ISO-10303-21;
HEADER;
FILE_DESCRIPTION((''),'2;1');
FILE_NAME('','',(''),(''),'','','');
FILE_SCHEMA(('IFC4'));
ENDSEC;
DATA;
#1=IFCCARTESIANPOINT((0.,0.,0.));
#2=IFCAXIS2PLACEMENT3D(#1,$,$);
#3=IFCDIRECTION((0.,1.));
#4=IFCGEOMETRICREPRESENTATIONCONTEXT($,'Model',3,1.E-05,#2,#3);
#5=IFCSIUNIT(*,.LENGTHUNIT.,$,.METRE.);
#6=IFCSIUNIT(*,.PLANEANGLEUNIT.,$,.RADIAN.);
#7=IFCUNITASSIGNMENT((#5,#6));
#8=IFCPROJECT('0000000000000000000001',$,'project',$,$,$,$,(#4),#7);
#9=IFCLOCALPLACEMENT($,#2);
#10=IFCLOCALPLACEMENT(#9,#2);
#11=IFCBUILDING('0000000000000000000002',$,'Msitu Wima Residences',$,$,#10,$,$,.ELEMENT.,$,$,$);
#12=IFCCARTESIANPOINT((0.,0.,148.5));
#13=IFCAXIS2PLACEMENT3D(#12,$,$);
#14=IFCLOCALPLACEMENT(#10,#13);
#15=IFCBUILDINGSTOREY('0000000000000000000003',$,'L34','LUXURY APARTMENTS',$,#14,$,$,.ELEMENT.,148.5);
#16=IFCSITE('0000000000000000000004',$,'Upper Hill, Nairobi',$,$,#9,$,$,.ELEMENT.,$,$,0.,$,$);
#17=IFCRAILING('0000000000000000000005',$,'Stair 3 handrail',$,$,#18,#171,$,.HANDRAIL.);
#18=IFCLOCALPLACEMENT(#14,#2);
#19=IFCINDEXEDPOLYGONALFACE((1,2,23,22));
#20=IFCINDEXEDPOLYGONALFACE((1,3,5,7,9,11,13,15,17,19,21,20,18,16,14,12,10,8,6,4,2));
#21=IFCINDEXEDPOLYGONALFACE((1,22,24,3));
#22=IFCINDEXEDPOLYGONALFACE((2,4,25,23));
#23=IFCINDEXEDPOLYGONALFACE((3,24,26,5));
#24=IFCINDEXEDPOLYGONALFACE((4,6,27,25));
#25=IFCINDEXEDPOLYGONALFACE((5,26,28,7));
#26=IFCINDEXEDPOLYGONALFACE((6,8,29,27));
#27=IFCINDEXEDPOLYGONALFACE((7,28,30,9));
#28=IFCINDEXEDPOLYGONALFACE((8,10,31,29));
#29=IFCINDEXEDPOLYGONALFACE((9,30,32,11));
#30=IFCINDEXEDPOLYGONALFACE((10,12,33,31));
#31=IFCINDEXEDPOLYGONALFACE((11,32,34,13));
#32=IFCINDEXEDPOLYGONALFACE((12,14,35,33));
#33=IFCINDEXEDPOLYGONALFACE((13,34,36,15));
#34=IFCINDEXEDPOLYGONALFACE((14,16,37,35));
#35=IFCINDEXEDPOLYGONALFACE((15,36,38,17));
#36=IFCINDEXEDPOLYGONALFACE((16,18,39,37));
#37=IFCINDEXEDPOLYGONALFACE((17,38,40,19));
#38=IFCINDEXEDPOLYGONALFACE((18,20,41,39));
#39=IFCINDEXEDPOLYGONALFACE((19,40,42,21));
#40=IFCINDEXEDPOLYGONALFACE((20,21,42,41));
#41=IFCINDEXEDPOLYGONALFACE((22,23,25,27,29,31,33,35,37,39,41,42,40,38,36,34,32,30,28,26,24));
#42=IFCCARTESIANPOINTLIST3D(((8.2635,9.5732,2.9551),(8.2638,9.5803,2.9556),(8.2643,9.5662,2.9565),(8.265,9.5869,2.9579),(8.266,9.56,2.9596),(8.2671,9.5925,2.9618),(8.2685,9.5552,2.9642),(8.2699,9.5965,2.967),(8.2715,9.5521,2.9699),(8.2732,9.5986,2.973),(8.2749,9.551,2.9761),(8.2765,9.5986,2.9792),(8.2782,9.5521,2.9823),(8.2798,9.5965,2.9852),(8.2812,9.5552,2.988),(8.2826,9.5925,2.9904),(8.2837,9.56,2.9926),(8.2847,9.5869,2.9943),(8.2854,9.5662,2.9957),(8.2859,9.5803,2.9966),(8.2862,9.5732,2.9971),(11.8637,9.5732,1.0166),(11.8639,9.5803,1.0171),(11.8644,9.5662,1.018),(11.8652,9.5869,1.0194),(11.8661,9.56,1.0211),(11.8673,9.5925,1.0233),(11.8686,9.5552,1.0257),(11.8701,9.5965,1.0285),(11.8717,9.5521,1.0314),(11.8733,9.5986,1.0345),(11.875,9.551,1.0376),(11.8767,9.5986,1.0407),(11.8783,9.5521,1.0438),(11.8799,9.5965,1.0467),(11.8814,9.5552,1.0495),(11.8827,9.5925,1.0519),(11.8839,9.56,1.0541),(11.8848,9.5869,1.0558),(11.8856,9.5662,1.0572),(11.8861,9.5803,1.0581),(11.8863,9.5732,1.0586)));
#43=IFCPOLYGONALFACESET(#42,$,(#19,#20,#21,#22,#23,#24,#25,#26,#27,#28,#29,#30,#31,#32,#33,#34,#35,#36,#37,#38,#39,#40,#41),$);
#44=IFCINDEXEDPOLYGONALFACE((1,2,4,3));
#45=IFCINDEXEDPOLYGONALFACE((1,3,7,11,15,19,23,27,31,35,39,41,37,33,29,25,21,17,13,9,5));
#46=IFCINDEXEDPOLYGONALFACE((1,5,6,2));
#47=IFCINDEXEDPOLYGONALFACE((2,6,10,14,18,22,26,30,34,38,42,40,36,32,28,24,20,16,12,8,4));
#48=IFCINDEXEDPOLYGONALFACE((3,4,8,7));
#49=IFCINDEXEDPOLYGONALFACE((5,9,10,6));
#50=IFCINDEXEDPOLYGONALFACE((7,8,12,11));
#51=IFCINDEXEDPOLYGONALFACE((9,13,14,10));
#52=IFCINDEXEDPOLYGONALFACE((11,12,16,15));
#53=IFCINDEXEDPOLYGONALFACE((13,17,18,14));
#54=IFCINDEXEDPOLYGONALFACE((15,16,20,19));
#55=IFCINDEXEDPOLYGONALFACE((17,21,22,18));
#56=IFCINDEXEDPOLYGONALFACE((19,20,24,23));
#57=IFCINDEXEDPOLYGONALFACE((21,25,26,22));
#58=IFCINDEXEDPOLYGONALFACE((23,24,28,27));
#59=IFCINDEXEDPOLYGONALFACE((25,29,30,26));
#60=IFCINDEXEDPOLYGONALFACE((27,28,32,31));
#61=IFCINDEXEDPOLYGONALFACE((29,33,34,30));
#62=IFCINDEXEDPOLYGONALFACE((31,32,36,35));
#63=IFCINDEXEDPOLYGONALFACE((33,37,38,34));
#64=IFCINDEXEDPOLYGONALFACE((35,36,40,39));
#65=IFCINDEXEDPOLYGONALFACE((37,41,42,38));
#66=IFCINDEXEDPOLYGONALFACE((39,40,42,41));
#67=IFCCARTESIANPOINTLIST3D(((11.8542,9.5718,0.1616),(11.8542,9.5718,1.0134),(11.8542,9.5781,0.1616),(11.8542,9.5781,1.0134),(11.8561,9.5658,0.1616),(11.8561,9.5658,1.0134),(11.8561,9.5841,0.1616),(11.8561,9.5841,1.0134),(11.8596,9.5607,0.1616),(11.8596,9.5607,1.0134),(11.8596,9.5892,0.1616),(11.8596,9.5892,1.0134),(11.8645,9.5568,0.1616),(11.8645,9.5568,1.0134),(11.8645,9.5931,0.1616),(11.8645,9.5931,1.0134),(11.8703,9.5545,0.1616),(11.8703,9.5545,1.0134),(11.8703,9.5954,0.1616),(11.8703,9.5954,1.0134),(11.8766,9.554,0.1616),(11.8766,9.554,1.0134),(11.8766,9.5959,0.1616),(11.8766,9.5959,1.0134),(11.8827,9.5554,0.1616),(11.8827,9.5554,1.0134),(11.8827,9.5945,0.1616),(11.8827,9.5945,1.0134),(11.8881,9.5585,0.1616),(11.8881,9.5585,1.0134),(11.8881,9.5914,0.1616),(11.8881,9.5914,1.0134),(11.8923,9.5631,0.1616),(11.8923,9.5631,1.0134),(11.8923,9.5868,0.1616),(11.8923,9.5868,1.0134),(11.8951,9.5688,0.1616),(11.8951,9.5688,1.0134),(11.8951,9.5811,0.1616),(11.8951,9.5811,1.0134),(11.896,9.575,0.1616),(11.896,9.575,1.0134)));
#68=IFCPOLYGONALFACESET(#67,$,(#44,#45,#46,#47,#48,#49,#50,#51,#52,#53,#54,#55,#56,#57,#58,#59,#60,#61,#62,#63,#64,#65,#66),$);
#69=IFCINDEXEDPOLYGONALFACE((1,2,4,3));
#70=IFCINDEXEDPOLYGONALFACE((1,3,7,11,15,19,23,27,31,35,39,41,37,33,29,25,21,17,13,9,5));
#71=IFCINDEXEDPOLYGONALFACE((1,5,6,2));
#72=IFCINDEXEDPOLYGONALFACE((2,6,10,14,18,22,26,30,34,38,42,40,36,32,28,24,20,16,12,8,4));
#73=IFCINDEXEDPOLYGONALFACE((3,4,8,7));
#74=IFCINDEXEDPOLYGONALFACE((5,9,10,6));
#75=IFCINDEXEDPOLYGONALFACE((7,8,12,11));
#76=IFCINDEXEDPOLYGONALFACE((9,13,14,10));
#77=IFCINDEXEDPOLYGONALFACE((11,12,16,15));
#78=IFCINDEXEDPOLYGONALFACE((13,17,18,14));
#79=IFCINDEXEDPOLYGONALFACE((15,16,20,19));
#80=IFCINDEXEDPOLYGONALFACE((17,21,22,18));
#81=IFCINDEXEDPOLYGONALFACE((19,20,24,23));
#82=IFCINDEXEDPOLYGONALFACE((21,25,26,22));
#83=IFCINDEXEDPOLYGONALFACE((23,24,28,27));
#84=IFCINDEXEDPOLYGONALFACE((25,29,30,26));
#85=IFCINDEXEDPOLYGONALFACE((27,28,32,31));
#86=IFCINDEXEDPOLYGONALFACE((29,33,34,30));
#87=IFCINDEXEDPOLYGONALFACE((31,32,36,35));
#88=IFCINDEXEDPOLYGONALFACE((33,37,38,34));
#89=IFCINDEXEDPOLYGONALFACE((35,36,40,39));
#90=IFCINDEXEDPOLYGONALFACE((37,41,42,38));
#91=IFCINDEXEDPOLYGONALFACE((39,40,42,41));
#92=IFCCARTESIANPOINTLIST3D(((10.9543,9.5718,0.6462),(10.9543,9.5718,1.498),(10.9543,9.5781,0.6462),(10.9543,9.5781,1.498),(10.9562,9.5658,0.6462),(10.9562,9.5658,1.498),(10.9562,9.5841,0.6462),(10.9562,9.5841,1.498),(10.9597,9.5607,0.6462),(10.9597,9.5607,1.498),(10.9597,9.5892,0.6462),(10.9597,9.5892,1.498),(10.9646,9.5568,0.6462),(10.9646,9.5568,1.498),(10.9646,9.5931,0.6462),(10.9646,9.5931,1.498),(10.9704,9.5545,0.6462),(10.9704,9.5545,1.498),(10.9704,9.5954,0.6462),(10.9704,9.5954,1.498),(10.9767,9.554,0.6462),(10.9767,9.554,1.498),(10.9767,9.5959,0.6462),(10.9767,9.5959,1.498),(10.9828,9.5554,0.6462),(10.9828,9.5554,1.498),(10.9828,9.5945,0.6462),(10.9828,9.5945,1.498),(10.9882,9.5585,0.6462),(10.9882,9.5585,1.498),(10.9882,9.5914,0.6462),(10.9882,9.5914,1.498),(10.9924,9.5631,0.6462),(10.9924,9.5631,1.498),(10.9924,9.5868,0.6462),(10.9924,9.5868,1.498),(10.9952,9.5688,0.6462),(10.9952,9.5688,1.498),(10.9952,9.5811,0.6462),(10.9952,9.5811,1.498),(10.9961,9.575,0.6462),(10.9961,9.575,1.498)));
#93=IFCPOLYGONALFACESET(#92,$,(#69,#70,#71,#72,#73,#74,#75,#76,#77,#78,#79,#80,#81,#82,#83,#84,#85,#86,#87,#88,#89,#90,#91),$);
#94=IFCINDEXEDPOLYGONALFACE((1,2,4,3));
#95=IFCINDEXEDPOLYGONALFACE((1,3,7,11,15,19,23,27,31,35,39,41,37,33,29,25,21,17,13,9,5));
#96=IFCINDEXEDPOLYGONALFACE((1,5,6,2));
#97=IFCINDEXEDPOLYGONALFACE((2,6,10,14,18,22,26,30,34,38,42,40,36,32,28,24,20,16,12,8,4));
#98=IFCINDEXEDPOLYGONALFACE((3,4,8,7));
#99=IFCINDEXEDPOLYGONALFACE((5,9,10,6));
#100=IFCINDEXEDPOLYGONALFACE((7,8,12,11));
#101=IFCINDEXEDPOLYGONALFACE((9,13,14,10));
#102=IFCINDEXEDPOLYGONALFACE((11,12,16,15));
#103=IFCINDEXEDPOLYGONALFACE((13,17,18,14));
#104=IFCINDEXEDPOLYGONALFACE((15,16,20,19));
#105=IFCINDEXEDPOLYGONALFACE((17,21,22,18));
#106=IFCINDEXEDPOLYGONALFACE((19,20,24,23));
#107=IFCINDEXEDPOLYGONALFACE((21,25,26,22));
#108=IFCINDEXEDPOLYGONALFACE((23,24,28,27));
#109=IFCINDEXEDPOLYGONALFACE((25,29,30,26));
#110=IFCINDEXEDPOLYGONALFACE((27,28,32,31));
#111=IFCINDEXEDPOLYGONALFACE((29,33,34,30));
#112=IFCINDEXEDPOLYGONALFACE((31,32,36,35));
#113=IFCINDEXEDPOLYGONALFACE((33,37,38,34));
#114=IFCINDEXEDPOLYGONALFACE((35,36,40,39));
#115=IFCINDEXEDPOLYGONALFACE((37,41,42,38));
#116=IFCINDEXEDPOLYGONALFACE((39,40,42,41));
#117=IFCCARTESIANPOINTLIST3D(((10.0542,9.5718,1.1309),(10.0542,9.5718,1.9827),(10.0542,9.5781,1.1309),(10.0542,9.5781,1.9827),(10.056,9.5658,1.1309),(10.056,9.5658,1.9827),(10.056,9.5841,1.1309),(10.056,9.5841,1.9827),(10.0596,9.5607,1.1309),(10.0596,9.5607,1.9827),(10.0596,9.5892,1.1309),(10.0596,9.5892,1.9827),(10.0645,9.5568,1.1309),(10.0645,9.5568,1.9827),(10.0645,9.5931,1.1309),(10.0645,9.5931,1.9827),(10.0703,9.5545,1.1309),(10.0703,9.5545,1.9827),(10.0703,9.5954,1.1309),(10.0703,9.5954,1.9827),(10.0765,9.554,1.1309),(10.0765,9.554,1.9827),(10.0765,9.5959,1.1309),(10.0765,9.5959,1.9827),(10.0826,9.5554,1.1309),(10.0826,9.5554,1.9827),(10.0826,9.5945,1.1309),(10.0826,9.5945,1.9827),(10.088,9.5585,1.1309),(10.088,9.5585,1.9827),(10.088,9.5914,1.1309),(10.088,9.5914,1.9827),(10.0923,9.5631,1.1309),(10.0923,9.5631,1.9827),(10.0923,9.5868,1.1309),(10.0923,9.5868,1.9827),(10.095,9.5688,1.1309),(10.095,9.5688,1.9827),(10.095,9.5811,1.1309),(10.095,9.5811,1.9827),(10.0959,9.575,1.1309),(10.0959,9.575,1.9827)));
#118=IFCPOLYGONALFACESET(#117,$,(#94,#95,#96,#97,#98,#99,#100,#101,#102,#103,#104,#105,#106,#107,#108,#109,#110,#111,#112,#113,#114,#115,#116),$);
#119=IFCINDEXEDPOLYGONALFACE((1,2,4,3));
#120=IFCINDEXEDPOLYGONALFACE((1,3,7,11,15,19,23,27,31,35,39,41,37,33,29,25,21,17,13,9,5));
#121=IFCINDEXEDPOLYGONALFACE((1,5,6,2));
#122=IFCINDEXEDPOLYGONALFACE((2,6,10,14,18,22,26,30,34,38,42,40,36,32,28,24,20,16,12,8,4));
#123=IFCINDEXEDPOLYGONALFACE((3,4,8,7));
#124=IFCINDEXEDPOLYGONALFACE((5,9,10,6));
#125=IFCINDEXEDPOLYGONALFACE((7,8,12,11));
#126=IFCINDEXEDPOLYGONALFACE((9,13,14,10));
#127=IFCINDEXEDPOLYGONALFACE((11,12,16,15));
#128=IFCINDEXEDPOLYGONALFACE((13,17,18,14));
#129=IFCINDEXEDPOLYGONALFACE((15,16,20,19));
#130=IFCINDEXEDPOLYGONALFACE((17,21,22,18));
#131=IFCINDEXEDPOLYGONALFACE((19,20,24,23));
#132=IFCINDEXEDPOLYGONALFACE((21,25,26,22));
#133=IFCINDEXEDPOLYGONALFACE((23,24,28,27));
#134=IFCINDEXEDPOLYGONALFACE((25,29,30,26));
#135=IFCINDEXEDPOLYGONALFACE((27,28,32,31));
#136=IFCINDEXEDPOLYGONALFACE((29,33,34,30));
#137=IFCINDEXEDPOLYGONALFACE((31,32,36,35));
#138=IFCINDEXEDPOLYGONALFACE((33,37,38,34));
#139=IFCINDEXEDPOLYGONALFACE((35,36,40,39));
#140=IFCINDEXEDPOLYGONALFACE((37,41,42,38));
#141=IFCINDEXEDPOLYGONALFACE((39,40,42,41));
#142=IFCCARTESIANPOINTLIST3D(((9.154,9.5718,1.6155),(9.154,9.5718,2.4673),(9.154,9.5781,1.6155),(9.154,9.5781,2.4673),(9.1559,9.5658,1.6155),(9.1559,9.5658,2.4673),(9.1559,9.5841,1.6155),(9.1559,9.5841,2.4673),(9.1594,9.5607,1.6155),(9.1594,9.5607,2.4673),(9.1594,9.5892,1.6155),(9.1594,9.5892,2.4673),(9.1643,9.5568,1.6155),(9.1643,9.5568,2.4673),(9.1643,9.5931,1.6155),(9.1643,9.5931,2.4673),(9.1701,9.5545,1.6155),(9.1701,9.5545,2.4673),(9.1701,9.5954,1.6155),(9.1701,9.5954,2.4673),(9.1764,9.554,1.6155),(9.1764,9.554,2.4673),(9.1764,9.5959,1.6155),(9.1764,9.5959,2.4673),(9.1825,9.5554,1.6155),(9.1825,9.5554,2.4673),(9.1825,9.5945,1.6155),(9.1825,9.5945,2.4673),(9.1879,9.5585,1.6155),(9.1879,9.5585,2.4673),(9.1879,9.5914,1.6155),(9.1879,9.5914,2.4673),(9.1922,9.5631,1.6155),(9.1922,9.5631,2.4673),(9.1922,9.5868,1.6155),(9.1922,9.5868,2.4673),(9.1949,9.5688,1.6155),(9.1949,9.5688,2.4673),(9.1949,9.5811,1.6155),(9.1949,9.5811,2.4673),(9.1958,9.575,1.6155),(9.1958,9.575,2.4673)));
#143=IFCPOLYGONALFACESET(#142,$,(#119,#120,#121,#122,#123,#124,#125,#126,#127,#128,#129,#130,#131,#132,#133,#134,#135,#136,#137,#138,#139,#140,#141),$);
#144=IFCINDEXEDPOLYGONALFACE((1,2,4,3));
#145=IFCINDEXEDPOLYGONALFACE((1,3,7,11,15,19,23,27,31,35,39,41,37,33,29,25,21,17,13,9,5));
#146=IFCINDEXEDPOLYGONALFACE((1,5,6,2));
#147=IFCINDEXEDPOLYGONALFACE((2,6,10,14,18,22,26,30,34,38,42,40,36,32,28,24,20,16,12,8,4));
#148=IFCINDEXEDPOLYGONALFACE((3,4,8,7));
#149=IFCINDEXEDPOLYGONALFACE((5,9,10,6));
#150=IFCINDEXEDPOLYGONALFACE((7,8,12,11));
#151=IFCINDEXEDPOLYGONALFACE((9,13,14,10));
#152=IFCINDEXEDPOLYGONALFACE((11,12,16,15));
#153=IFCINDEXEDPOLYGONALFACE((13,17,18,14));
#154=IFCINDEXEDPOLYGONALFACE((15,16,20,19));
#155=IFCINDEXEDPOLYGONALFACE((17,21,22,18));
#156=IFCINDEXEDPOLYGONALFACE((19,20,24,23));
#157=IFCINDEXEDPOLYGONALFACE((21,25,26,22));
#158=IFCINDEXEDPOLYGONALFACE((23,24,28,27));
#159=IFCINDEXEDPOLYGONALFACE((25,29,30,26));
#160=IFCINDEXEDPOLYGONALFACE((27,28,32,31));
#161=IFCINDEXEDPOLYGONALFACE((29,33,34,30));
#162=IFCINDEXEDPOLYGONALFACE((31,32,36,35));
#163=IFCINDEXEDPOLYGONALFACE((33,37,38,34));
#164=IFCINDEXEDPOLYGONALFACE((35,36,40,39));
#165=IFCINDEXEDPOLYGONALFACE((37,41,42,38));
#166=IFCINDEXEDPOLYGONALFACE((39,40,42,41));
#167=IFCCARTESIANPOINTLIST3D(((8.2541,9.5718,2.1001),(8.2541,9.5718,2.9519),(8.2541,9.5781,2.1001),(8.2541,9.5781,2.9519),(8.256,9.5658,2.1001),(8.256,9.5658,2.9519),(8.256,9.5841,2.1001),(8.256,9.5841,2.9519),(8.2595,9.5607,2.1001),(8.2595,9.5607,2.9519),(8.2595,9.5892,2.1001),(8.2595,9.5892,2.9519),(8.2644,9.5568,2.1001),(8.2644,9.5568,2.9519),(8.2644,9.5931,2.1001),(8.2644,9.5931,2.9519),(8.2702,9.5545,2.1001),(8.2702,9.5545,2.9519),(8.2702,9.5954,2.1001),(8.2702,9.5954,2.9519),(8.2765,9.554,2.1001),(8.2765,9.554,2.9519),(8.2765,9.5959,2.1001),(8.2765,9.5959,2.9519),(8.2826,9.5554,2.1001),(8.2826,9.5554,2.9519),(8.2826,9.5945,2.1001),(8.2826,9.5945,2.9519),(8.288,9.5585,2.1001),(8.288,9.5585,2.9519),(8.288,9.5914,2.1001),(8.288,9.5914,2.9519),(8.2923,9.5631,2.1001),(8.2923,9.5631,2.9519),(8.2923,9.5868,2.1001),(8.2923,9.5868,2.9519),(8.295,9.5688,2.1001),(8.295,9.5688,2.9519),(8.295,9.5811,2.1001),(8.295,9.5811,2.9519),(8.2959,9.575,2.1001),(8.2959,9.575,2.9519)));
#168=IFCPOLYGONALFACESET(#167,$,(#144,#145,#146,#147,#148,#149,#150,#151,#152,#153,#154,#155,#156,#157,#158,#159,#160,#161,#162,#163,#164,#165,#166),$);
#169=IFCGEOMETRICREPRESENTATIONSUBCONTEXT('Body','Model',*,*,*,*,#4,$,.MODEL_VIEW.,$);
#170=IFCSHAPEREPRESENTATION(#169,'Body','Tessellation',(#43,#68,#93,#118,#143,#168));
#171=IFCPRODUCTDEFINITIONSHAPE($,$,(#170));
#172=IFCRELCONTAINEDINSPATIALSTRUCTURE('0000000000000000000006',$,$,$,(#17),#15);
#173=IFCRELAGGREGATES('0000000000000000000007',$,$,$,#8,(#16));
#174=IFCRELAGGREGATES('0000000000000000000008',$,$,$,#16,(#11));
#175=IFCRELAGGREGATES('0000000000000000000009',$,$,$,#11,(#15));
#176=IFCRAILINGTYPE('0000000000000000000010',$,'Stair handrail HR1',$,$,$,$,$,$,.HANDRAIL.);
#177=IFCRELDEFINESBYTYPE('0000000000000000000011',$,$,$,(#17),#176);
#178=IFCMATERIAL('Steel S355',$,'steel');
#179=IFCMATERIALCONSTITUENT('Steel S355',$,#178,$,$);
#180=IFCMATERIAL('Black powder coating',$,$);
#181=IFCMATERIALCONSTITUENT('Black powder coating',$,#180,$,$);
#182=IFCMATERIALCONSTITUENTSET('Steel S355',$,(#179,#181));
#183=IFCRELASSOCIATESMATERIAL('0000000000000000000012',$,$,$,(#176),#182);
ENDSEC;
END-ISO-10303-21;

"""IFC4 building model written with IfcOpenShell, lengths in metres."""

from ifc_helpers import new_model, si_unit, direction, frame, origin, origin_2d, place, context, subcontext, project, spatial, circle, extrude, material, constituent, constituent_set, type_object, element, save


model = new_model("IFC4")

# Units and contexts
model_context = context("Model", 3, precision=1e-05, world=origin(), true_north=direction((0.0, 1.0)))
body_context = subcontext(model_context, "Body", "Model", "MODEL_VIEW")
ifc_project = project(units=[si_unit("LENGTHUNIT", "METRE"), si_unit("PLANEANGLEUNIT", "RADIAN")], contexts=[model_context])

# Site, building, storey
site_placement = place(None, origin())
site = spatial("IfcSite", under=ifc_project, at=site_placement, Name="Upper Hill, Nairobi", CompositionType="ELEMENT", RefElevation=0.0)
building_placement = place(site_placement, origin())
building = spatial("IfcBuilding", under=site, at=building_placement, Name="Msitu Wima Residences", CompositionType="ELEMENT")
storey_placement = place(building_placement, frame((0.0, 0.0, 148.5)))
storey = spatial("IfcBuildingStorey", under=building, at=storey_placement, Name="L34", Description="LUXURY APARTMENTS", CompositionType="ELEMENT", Elevation=148.5)

# Railing
ifc_material_1 = material(Name="Steel S355", Category="steel")
ifc_constituent_1 = constituent(ifc_material_1, Name="Steel S355")
ifc_material_2 = material(Name="Black powder coating")
ifc_constituent_2 = constituent(ifc_material_2, Name="Black powder coating")
ifc_constituent_set_1 = constituent_set(constituents=[ifc_constituent_1, ifc_constituent_2], Name="Steel S355")
railing_type_1 = type_object("IfcRailingType", Name="Stair handrail HR1", PredefinedType="HANDRAIL", material=ifc_constituent_set_1)
for number, where, name in (
    (1, (11.875, 9.575, 0.1616), "Stair 3 handrail"),
):
    element("IfcRailing", number, at=place(storey_placement, frame(where)), inside=storey, type_object=railing_type_1, Name=name, PredefinedType="HANDRAIL", context=body_context, shape_type="SweptSolid", body=[
        extrude(circle(Radius=0.0239, at=origin_2d()), frame((0.0, 0.0, 0.876), z_axis=(-0.880475, 0.0, 0.474093), x_axis=(0.0, -1.0, 0.0)), (0.0, 0.0, 1.0), 4.0889),
        extrude(circle(Radius=0.021, at=origin_2d()), origin(), (0.0, 0.0, 1.0), 0.8518),
        extrude(circle(Radius=0.021, at=origin_2d()), frame((-0.8999, 0.0, 0.4846)), (0.0, 0.0, 1.0), 0.8518),
        extrude(circle(Radius=0.021, at=origin_2d()), frame((-1.8, 0.0, 0.9692)), (0.0, 0.0, 1.0), 0.8518),
        extrude(circle(Radius=0.021, at=origin_2d()), frame((-2.7002, 0.0, 1.4539)), (0.0, 0.0, 1.0), 0.8518),
        extrude(circle(Radius=0.021, at=origin_2d()), frame((-3.6001, 0.0, 1.9385)), (0.0, 0.0, 1.0), 0.8518),
    ])

save(model, "model.ifc")
